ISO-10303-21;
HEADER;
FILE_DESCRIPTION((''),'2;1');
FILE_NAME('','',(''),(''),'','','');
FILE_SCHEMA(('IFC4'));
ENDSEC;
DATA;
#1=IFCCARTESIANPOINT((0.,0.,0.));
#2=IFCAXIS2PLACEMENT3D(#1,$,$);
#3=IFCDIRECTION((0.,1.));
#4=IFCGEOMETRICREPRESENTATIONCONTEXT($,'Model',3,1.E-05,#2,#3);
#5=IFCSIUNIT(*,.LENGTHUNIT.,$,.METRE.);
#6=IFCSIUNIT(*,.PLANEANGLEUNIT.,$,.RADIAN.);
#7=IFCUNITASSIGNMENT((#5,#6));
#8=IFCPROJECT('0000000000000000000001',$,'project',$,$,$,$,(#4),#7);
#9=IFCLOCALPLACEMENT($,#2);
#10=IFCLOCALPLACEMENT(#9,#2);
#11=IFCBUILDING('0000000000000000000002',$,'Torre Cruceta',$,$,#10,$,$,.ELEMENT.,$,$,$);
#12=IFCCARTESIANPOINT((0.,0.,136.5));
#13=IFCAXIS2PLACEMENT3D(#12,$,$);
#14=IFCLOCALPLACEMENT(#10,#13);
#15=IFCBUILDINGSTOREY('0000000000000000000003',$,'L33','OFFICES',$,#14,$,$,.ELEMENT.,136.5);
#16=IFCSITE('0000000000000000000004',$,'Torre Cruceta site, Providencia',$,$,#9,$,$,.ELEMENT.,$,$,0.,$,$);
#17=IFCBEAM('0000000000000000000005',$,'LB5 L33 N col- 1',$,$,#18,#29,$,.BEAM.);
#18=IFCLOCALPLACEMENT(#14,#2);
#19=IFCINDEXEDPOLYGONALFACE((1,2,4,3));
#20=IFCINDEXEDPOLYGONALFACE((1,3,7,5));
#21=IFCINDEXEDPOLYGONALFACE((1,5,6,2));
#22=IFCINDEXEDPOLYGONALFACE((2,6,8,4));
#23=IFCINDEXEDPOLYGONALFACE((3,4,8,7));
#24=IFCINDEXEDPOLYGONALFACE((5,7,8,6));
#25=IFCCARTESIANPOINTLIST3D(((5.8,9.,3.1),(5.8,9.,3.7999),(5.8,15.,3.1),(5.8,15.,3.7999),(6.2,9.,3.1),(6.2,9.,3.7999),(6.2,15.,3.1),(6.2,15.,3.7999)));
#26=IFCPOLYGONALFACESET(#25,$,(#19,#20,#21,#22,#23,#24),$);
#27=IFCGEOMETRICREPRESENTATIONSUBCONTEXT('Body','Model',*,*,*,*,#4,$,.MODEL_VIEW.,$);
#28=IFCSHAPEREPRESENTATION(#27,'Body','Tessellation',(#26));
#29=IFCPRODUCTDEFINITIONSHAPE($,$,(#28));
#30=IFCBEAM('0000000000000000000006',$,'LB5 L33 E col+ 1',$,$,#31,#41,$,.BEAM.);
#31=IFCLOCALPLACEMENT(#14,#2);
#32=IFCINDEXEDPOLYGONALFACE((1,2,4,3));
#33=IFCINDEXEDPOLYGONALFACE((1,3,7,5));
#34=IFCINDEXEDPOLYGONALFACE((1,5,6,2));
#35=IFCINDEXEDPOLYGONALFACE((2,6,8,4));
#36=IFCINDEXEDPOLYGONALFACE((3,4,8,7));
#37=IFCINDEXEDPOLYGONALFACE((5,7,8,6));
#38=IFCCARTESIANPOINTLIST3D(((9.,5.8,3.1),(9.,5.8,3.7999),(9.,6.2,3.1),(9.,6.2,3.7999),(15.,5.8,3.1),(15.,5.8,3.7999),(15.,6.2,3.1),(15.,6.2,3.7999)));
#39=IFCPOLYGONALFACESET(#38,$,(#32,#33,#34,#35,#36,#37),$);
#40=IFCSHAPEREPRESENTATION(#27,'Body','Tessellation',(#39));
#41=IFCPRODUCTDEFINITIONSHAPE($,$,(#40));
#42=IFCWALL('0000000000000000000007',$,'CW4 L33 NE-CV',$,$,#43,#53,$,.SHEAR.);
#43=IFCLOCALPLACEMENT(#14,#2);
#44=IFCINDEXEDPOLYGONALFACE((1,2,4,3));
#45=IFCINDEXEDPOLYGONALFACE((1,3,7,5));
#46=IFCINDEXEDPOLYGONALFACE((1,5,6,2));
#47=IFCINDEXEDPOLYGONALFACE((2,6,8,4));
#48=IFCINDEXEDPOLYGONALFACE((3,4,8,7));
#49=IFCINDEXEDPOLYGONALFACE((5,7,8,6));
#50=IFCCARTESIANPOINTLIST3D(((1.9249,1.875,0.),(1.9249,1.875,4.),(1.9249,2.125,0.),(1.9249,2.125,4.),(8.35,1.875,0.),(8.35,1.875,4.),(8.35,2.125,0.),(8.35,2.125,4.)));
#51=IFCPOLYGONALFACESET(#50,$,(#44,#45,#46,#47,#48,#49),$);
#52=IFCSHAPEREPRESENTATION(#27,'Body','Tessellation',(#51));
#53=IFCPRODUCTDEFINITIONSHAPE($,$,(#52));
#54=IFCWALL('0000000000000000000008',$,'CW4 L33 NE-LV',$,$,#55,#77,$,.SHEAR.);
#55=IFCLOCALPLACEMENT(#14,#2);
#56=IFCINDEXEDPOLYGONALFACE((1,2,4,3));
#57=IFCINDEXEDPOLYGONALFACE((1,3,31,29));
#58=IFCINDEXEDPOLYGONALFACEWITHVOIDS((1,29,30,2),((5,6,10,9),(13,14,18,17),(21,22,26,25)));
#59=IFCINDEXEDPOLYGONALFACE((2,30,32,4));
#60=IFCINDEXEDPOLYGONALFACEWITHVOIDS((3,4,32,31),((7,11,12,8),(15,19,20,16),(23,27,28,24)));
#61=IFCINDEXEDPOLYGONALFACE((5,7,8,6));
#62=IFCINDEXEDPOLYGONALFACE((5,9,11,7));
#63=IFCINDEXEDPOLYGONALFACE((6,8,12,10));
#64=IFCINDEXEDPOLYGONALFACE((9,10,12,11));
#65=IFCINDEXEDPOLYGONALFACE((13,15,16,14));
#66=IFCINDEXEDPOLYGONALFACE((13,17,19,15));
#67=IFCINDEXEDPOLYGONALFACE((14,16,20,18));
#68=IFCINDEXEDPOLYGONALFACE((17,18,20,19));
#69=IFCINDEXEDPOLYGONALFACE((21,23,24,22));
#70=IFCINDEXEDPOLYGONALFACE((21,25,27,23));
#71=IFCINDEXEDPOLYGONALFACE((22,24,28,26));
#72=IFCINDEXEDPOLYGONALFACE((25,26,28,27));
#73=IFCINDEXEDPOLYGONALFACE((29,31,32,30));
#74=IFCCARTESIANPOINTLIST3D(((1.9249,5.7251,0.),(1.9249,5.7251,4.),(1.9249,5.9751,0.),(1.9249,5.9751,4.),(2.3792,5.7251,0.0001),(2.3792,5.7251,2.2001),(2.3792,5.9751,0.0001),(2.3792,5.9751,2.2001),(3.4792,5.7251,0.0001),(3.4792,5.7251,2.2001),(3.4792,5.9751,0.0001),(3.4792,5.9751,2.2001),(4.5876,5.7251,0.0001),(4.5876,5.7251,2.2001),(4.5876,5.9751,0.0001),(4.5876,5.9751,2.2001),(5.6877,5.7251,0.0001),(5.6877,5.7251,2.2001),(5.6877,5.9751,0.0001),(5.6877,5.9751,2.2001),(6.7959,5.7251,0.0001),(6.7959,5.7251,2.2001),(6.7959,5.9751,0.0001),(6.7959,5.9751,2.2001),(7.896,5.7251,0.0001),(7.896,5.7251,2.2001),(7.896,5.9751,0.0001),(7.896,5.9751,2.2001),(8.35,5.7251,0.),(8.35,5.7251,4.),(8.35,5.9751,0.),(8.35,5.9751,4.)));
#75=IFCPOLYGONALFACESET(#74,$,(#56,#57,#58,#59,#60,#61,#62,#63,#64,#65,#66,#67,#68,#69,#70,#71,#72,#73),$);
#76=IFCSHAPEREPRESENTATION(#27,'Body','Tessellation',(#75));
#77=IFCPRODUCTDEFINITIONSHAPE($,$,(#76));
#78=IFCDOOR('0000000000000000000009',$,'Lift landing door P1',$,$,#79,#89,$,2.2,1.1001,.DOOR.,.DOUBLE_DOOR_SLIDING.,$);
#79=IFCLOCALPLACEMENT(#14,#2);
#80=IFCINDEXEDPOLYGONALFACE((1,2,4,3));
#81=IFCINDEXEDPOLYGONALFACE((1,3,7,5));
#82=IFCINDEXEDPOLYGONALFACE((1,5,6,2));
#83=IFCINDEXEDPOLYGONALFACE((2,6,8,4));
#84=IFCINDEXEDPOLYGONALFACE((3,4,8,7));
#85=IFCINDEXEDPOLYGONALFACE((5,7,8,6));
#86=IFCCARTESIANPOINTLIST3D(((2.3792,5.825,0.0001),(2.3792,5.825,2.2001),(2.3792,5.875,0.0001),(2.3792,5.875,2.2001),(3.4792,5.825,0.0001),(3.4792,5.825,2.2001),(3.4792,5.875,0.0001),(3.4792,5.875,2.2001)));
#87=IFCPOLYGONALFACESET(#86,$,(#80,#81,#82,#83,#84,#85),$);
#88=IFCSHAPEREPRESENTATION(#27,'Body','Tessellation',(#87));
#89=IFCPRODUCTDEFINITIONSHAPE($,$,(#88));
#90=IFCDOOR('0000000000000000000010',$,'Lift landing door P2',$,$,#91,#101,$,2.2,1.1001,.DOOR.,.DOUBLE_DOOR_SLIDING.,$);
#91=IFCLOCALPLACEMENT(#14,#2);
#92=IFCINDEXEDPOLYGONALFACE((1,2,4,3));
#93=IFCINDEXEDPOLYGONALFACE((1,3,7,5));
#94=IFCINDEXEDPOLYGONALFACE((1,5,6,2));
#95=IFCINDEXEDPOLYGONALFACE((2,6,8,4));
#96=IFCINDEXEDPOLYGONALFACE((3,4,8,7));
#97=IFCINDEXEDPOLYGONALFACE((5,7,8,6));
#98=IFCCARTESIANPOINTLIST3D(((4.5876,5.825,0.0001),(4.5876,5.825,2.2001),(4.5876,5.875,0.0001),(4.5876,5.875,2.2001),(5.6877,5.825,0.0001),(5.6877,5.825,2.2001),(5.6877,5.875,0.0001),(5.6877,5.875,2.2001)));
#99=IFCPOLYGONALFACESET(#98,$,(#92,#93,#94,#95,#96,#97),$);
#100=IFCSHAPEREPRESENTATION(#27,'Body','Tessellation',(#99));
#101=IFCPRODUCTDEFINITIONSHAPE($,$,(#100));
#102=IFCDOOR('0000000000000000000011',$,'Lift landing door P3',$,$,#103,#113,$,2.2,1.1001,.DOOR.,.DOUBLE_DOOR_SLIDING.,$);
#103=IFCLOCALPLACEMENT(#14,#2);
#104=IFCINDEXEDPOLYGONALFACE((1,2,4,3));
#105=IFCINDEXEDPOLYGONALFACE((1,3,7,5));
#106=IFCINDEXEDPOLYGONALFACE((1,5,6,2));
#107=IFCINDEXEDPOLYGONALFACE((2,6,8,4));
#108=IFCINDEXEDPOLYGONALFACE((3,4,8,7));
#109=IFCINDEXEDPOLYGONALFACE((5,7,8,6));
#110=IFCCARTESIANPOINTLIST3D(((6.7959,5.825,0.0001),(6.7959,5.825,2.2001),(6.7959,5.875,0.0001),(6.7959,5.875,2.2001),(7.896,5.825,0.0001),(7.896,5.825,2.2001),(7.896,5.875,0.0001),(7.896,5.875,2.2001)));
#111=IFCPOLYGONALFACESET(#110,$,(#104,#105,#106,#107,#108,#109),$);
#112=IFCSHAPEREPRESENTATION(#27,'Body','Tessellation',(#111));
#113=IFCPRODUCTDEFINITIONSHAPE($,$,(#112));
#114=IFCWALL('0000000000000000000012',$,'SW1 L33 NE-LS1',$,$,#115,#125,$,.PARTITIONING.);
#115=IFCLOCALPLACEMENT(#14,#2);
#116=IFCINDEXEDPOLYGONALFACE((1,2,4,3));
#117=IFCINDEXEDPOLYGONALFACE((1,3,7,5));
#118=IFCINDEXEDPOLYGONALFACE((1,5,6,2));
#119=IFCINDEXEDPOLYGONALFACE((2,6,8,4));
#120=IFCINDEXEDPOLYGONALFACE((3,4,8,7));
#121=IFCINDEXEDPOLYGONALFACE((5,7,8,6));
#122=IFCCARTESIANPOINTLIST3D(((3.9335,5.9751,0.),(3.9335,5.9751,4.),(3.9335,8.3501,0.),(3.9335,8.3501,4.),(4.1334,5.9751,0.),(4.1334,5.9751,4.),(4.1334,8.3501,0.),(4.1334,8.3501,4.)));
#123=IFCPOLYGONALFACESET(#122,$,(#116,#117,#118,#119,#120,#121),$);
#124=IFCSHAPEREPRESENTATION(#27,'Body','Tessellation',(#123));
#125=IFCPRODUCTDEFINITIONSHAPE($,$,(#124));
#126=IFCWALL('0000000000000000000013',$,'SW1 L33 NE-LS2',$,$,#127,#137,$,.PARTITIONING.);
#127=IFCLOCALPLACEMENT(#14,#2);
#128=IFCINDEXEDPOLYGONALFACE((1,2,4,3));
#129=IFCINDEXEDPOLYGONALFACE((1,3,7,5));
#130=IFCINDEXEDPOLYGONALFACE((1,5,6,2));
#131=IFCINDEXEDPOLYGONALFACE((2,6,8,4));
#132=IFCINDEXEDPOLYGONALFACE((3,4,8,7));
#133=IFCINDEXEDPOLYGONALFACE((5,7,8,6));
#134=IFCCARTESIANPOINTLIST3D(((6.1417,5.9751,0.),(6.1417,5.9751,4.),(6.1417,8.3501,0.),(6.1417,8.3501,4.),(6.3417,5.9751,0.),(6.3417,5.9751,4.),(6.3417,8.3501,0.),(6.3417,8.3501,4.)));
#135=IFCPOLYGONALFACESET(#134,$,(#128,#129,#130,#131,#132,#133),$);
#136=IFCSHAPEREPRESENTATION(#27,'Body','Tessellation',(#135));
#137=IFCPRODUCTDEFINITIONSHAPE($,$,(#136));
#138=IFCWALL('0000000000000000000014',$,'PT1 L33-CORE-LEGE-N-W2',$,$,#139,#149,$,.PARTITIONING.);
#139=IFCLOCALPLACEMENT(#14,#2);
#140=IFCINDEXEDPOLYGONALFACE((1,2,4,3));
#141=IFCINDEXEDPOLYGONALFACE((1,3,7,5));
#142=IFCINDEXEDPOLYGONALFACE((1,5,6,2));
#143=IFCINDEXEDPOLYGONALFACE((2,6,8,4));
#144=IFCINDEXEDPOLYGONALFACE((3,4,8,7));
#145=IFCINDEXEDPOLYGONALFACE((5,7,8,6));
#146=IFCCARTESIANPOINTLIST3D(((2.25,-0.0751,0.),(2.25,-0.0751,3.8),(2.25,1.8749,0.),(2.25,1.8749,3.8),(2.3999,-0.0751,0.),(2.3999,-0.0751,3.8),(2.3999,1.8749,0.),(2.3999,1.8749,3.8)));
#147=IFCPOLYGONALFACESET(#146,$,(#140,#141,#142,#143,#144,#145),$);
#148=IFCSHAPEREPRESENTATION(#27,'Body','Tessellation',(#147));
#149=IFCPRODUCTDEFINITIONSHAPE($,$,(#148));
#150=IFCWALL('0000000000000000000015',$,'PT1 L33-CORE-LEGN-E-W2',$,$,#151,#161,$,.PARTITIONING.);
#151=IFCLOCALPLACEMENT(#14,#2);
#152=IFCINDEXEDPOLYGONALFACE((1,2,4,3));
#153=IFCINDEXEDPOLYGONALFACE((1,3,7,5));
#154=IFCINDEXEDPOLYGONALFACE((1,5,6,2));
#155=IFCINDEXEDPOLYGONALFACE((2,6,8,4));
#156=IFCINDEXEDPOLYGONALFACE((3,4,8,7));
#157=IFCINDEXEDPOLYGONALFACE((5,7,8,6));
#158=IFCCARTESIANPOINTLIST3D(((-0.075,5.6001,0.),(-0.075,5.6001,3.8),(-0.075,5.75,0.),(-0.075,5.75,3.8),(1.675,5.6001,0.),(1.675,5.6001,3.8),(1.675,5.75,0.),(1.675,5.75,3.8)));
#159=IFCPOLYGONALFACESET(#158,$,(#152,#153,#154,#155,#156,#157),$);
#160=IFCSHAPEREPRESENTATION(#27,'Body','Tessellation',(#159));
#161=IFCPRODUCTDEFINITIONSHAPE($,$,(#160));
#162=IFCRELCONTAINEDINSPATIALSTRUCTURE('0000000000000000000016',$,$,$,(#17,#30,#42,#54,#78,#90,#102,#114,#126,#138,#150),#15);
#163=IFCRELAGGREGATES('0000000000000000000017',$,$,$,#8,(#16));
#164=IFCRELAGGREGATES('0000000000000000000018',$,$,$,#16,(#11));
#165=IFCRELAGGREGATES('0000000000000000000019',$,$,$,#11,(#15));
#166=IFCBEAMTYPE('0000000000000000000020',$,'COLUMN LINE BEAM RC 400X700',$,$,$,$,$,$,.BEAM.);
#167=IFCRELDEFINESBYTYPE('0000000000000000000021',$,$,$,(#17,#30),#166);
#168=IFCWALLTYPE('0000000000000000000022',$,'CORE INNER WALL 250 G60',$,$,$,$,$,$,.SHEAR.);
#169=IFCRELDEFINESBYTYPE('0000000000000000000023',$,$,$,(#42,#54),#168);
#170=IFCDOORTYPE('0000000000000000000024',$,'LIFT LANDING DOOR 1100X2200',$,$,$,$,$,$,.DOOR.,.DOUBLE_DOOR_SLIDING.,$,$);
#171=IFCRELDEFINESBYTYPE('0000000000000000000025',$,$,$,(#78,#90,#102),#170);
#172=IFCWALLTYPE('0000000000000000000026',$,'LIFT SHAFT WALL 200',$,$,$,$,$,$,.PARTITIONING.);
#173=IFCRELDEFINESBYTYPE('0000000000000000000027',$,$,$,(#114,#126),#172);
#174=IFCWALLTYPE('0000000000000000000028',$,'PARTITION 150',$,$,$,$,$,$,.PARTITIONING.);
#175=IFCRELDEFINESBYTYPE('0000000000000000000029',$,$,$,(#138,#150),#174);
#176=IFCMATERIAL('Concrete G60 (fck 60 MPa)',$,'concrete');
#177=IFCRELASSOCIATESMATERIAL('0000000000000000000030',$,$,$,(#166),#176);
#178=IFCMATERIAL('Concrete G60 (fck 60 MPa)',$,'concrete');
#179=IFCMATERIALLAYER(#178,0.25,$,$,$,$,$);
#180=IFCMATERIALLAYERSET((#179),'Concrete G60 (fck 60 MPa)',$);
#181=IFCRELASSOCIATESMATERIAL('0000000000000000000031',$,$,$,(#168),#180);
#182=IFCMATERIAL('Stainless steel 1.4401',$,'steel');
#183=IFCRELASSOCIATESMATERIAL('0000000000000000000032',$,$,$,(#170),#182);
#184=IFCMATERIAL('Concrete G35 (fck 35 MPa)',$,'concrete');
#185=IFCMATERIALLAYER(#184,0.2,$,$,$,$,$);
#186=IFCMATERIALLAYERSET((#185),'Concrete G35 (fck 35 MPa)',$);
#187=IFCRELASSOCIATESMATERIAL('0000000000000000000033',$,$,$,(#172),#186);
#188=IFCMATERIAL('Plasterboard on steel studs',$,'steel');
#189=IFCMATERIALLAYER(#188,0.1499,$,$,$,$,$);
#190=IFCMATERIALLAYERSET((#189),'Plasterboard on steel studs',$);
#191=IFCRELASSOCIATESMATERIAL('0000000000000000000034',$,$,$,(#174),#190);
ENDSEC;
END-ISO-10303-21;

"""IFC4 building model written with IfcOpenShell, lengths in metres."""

from ifc_helpers import new_model, si_unit, direction, frame, frame_2d, origin, origin_2d, place, context, subcontext, project, spatial, rectangle, extrude, material, layer, layer_set, material_profile, profile_set, type_object, element, fill, save


model = new_model("IFC4")

# Units and contexts
model_context = context("Model", 3, precision=1e-05, world=origin(), true_north=direction((0.0, 1.0)))
body_context = subcontext(model_context, "Body", "Model", "MODEL_VIEW")
ifc_project = project(units=[si_unit("LENGTHUNIT", "METRE"), si_unit("PLANEANGLEUNIT", "RADIAN")], contexts=[model_context])

# Site, building, storey
site_placement = place(None, origin())
site = spatial("IfcSite", under=ifc_project, at=site_placement, Name="Torre Cruceta site, Providencia", CompositionType="ELEMENT", RefElevation=0.0)
building_placement = place(site_placement, origin())
building = spatial("IfcBuilding", under=site, at=building_placement, Name="Torre Cruceta", CompositionType="ELEMENT")
storey_placement = place(building_placement, frame((0.0, 0.0, 136.5)))
storey = spatial("IfcBuildingStorey", under=building, at=storey_placement, Name="L33", Description="OFFICES", CompositionType="ELEMENT", Elevation=136.5)

# Beams
ifc_material_1 = material(Name="Concrete G60 (fck 60 MPa)", Category="concrete")
ifc_material_profile = material_profile(ifc_material_1, rectangle(XDim=0.3999, YDim=0.7, at=origin_2d()), Name="RC 400X700")
ifc_profile_set = profile_set([ifc_material_profile], Name="Concrete G60 (fck 60 MPa)")
beam_type = type_object("IfcBeamType", Name="COLUMN LINE BEAM RC 400X700", PredefinedType="BEAM", material=ifc_profile_set)
for number, where, z_axis, x_axis, name in (
    (1, (6.0, 9.0, 3.45), (0.0, 1.0, 0.0), (-1.0, 0.0, 0.0), "LB5 L33 N col- 1"),
    (2, (9.0, 6.0, 3.45), (1.0, 0.0, 0.0), (0.0, 1.0, 0.0), "LB5 L33 E col+ 1"),
):
    element("IfcBeam", number, at=place(storey_placement, frame(where, z_axis=z_axis, x_axis=x_axis)), inside=storey, type_object=beam_type, Name=name, PredefinedType="BEAM", context=body_context, shape_type="SweptSolid", body=[
        extrude(rectangle(XDim=0.3999, YDim=0.7, at=origin_2d()), origin(), (0.0, 0.0, 1.0), 6.0),
    ])

# Shared definitions
ifc_material_2 = material(Name="Concrete G60 (fck 60 MPa)", Category="concrete")
ifc_layer_1 = layer(ifc_material_2, 0.25)
ifc_layer_set_1 = layer_set([ifc_layer_1], Name="Concrete G60 (fck 60 MPa)")
wall_type_1 = type_object("IfcWallType", Name="CORE INNER WALL 250 G60", PredefinedType="SHEAR", material=ifc_layer_set_1)

# Wall
wall_1_placement = place(storey_placement, frame((1.925, 2.0, 0.0), z_axis=(0.0, 0.0, 1.0), x_axis=(1.0, 0.0, 0.0)))
element("IfcWall", 3, at=wall_1_placement, inside=storey, type_object=wall_type_1, Name="CW4 L33 NE-CV", PredefinedType="SHEAR", context=body_context, shape_type="SweptSolid", body=[
    extrude(rectangle(XDim=6.425, YDim=0.25, at=frame_2d((3.2124, 0.0))), origin(), (0.0, 0.0, 1.0), 4.0),
])

# Wall, openings, doors
wall_2_placement = place(storey_placement, frame((1.925, 5.8501, 0.0), z_axis=(0.0, 0.0, 1.0), x_axis=(1.0, 0.0, 0.0)))
wall_2 = element("IfcWall", 4, at=wall_2_placement, inside=storey, type_object=wall_type_1, Name="CW4 L33 NE-LV", PredefinedType="SHEAR", context=body_context, shape_type="SweptSolid", body=[
    extrude(rectangle(XDim=6.425, YDim=0.25, at=frame_2d((3.2124, 0.0))), origin(), (0.0, 0.0, 1.0), 4.0),
])
opening_1_placement = place(wall_2_placement, frame((0.4541, 0.0, 0.0)))
opening_1 = element("IfcOpeningElement", 5, at=opening_1_placement, cuts=wall_2, PredefinedType="OPENING", context=body_context, shape_type="SweptSolid", body=[
    extrude(rectangle(XDim=1.1001, YDim=2.2, at=frame_2d((0.55, 1.1001))), frame((0.0, 0.135, 0.0), z_axis=(0.0, -1.0, 0.0), x_axis=(1.0, 0.0, 0.0)), (0.0, 0.0, 1.0), 0.27),
])
opening_2_placement = place(wall_2_placement, frame((2.6626, 0.0, 0.0)))
opening_2 = element("IfcOpeningElement", 6, at=opening_2_placement, cuts=wall_2, PredefinedType="OPENING", context=body_context, shape_type="SweptSolid", body=[
    extrude(rectangle(XDim=1.1001, YDim=2.2, at=frame_2d((0.55, 1.1001))), frame((0.0, 0.135, 0.0), z_axis=(0.0, -1.0, 0.0), x_axis=(1.0, 0.0, 0.0)), (0.0, 0.0, 1.0), 0.27),
])
opening_3_placement = place(wall_2_placement, frame((4.8708, 0.0, 0.0)))
opening_3 = element("IfcOpeningElement", 7, at=opening_3_placement, cuts=wall_2, PredefinedType="OPENING", context=body_context, shape_type="SweptSolid", body=[
    extrude(rectangle(XDim=1.1001, YDim=2.2, at=frame_2d((0.55, 1.1001))), frame((0.0, 0.135, 0.0), z_axis=(0.0, -1.0, 0.0), x_axis=(1.0, 0.0, 0.0)), (0.0, 0.0, 1.0), 0.27),
])
ifc_material_3 = material(Name="Stainless steel 1.4401", Category="steel")
door_type_1 = type_object("IfcDoorType", Name="LIFT LANDING DOOR 1100X2200", OperationType="DOUBLE_DOOR_SLIDING", PredefinedType="DOOR", material=ifc_material_3)
door_1_placement = place(opening_1_placement, origin())
door_1 = element("IfcDoor", 8, at=door_1_placement, inside=storey, type_object=door_type_1, Name="Lift landing door P1", OperationType="DOUBLE_DOOR_SLIDING", OverallHeight=2.2, OverallWidth=1.1001, PredefinedType="DOOR", context=body_context, shape_type="SweptSolid", body=[
    extrude(rectangle(XDim=1.1001, YDim=2.2, at=frame_2d((0.55, 1.1001))), frame((0.0, 0.0249, 0.0), z_axis=(0.0, -1.0, 0.0), x_axis=(1.0, 0.0, 0.0)), (0.0, 0.0, 1.0), 0.05),
])
fill(opening_1, door_1)
door_2_placement = place(opening_2_placement, origin())
door_2 = element("IfcDoor", 9, at=door_2_placement, inside=storey, type_object=door_type_1, Name="Lift landing door P2", OperationType="DOUBLE_DOOR_SLIDING", OverallHeight=2.2, OverallWidth=1.1001, PredefinedType="DOOR", context=body_context, shape_type="SweptSolid", body=[
    extrude(rectangle(XDim=1.1001, YDim=2.2, at=frame_2d((0.55, 1.1001))), frame((0.0, 0.0249, 0.0), z_axis=(0.0, -1.0, 0.0), x_axis=(1.0, 0.0, 0.0)), (0.0, 0.0, 1.0), 0.05),
])
fill(opening_2, door_2)
door_3_placement = place(opening_3_placement, origin())
door_3 = element("IfcDoor", 10, at=door_3_placement, inside=storey, type_object=door_type_1, Name="Lift landing door P3", OperationType="DOUBLE_DOOR_SLIDING", OverallHeight=2.2, OverallWidth=1.1001, PredefinedType="DOOR", context=body_context, shape_type="SweptSolid", body=[
    extrude(rectangle(XDim=1.1001, YDim=2.2, at=frame_2d((0.55, 1.1001))), frame((0.0, 0.0249, 0.0), z_axis=(0.0, -1.0, 0.0), x_axis=(1.0, 0.0, 0.0)), (0.0, 0.0, 1.0), 0.05),
])
fill(opening_3, door_3)

# Walls
ifc_material_4 = material(Name="Concrete G35 (fck 35 MPa)", Category="concrete")
ifc_layer_2 = layer(ifc_material_4, 0.2)
ifc_layer_set_2 = layer_set([ifc_layer_2], Name="Concrete G35 (fck 35 MPa)")
wall_type_2 = type_object("IfcWallType", Name="LIFT SHAFT WALL 200", PredefinedType="PARTITIONING", material=ifc_layer_set_2)
for number, where, z_axis, x_axis, name in (
    (11, (4.0334, 5.9751, 0.0), (0.0, 0.0, 1.0), (0.0, 1.0, 0.0), "SW1 L33 NE-LS1"),
    (12, (6.2417, 5.9751, 0.0), (0.0, 0.0, 1.0), (0.0, 1.0, 0.0), "SW1 L33 NE-LS2"),
):
    element("IfcWall", number, at=place(storey_placement, frame(where, z_axis=z_axis, x_axis=x_axis)), inside=storey, type_object=wall_type_2, Name=name, PredefinedType="PARTITIONING", context=body_context, shape_type="SweptSolid", body=[
        extrude(rectangle(XDim=2.375, YDim=0.2, at=frame_2d((1.1875, 0.0))), origin(), (0.0, 0.0, 1.0), 4.0),
    ])
ifc_material_5 = material(Name="Plasterboard on steel studs", Category="steel")
ifc_layer_3 = layer(ifc_material_5, 0.1499)
ifc_layer_set_3 = layer_set([ifc_layer_3], Name="Plasterboard on steel studs")
wall_type_3 = type_object("IfcWallType", Name="PARTITION 150", PredefinedType="PARTITIONING", material=ifc_layer_set_3)
wall_3_placement = place(storey_placement, frame((2.325, 1.875, 0.0), z_axis=(0.0, 0.0, 1.0), x_axis=(0.0, -1.0, 0.0)))
element("IfcWall", 13, at=wall_3_placement, inside=storey, type_object=wall_type_3, Name="PT1 L33-CORE-LEGE-N-W2", PredefinedType="PARTITIONING", context=body_context, shape_type="SweptSolid", body=[
    extrude(rectangle(XDim=1.95, YDim=0.1499, at=frame_2d((0.9751, 0.0))), origin(), (0.0, 0.0, 1.0), 3.8),
])
wall_4_placement = place(storey_placement, frame((1.675, 5.675, 0.0), z_axis=(0.0, 0.0, 1.0), x_axis=(-1.0, 0.0, 0.0)))
element("IfcWall", 14, at=wall_4_placement, inside=storey, type_object=wall_type_3, Name="PT1 L33-CORE-LEGN-E-W2", PredefinedType="PARTITIONING", context=body_context, shape_type="SweptSolid", body=[
    extrude(rectangle(XDim=1.75, YDim=0.1499, at=frame_2d((0.875, 0.0))), origin(), (0.0, 0.0, 1.0), 3.8),
])

save(model, "model.ifc")
